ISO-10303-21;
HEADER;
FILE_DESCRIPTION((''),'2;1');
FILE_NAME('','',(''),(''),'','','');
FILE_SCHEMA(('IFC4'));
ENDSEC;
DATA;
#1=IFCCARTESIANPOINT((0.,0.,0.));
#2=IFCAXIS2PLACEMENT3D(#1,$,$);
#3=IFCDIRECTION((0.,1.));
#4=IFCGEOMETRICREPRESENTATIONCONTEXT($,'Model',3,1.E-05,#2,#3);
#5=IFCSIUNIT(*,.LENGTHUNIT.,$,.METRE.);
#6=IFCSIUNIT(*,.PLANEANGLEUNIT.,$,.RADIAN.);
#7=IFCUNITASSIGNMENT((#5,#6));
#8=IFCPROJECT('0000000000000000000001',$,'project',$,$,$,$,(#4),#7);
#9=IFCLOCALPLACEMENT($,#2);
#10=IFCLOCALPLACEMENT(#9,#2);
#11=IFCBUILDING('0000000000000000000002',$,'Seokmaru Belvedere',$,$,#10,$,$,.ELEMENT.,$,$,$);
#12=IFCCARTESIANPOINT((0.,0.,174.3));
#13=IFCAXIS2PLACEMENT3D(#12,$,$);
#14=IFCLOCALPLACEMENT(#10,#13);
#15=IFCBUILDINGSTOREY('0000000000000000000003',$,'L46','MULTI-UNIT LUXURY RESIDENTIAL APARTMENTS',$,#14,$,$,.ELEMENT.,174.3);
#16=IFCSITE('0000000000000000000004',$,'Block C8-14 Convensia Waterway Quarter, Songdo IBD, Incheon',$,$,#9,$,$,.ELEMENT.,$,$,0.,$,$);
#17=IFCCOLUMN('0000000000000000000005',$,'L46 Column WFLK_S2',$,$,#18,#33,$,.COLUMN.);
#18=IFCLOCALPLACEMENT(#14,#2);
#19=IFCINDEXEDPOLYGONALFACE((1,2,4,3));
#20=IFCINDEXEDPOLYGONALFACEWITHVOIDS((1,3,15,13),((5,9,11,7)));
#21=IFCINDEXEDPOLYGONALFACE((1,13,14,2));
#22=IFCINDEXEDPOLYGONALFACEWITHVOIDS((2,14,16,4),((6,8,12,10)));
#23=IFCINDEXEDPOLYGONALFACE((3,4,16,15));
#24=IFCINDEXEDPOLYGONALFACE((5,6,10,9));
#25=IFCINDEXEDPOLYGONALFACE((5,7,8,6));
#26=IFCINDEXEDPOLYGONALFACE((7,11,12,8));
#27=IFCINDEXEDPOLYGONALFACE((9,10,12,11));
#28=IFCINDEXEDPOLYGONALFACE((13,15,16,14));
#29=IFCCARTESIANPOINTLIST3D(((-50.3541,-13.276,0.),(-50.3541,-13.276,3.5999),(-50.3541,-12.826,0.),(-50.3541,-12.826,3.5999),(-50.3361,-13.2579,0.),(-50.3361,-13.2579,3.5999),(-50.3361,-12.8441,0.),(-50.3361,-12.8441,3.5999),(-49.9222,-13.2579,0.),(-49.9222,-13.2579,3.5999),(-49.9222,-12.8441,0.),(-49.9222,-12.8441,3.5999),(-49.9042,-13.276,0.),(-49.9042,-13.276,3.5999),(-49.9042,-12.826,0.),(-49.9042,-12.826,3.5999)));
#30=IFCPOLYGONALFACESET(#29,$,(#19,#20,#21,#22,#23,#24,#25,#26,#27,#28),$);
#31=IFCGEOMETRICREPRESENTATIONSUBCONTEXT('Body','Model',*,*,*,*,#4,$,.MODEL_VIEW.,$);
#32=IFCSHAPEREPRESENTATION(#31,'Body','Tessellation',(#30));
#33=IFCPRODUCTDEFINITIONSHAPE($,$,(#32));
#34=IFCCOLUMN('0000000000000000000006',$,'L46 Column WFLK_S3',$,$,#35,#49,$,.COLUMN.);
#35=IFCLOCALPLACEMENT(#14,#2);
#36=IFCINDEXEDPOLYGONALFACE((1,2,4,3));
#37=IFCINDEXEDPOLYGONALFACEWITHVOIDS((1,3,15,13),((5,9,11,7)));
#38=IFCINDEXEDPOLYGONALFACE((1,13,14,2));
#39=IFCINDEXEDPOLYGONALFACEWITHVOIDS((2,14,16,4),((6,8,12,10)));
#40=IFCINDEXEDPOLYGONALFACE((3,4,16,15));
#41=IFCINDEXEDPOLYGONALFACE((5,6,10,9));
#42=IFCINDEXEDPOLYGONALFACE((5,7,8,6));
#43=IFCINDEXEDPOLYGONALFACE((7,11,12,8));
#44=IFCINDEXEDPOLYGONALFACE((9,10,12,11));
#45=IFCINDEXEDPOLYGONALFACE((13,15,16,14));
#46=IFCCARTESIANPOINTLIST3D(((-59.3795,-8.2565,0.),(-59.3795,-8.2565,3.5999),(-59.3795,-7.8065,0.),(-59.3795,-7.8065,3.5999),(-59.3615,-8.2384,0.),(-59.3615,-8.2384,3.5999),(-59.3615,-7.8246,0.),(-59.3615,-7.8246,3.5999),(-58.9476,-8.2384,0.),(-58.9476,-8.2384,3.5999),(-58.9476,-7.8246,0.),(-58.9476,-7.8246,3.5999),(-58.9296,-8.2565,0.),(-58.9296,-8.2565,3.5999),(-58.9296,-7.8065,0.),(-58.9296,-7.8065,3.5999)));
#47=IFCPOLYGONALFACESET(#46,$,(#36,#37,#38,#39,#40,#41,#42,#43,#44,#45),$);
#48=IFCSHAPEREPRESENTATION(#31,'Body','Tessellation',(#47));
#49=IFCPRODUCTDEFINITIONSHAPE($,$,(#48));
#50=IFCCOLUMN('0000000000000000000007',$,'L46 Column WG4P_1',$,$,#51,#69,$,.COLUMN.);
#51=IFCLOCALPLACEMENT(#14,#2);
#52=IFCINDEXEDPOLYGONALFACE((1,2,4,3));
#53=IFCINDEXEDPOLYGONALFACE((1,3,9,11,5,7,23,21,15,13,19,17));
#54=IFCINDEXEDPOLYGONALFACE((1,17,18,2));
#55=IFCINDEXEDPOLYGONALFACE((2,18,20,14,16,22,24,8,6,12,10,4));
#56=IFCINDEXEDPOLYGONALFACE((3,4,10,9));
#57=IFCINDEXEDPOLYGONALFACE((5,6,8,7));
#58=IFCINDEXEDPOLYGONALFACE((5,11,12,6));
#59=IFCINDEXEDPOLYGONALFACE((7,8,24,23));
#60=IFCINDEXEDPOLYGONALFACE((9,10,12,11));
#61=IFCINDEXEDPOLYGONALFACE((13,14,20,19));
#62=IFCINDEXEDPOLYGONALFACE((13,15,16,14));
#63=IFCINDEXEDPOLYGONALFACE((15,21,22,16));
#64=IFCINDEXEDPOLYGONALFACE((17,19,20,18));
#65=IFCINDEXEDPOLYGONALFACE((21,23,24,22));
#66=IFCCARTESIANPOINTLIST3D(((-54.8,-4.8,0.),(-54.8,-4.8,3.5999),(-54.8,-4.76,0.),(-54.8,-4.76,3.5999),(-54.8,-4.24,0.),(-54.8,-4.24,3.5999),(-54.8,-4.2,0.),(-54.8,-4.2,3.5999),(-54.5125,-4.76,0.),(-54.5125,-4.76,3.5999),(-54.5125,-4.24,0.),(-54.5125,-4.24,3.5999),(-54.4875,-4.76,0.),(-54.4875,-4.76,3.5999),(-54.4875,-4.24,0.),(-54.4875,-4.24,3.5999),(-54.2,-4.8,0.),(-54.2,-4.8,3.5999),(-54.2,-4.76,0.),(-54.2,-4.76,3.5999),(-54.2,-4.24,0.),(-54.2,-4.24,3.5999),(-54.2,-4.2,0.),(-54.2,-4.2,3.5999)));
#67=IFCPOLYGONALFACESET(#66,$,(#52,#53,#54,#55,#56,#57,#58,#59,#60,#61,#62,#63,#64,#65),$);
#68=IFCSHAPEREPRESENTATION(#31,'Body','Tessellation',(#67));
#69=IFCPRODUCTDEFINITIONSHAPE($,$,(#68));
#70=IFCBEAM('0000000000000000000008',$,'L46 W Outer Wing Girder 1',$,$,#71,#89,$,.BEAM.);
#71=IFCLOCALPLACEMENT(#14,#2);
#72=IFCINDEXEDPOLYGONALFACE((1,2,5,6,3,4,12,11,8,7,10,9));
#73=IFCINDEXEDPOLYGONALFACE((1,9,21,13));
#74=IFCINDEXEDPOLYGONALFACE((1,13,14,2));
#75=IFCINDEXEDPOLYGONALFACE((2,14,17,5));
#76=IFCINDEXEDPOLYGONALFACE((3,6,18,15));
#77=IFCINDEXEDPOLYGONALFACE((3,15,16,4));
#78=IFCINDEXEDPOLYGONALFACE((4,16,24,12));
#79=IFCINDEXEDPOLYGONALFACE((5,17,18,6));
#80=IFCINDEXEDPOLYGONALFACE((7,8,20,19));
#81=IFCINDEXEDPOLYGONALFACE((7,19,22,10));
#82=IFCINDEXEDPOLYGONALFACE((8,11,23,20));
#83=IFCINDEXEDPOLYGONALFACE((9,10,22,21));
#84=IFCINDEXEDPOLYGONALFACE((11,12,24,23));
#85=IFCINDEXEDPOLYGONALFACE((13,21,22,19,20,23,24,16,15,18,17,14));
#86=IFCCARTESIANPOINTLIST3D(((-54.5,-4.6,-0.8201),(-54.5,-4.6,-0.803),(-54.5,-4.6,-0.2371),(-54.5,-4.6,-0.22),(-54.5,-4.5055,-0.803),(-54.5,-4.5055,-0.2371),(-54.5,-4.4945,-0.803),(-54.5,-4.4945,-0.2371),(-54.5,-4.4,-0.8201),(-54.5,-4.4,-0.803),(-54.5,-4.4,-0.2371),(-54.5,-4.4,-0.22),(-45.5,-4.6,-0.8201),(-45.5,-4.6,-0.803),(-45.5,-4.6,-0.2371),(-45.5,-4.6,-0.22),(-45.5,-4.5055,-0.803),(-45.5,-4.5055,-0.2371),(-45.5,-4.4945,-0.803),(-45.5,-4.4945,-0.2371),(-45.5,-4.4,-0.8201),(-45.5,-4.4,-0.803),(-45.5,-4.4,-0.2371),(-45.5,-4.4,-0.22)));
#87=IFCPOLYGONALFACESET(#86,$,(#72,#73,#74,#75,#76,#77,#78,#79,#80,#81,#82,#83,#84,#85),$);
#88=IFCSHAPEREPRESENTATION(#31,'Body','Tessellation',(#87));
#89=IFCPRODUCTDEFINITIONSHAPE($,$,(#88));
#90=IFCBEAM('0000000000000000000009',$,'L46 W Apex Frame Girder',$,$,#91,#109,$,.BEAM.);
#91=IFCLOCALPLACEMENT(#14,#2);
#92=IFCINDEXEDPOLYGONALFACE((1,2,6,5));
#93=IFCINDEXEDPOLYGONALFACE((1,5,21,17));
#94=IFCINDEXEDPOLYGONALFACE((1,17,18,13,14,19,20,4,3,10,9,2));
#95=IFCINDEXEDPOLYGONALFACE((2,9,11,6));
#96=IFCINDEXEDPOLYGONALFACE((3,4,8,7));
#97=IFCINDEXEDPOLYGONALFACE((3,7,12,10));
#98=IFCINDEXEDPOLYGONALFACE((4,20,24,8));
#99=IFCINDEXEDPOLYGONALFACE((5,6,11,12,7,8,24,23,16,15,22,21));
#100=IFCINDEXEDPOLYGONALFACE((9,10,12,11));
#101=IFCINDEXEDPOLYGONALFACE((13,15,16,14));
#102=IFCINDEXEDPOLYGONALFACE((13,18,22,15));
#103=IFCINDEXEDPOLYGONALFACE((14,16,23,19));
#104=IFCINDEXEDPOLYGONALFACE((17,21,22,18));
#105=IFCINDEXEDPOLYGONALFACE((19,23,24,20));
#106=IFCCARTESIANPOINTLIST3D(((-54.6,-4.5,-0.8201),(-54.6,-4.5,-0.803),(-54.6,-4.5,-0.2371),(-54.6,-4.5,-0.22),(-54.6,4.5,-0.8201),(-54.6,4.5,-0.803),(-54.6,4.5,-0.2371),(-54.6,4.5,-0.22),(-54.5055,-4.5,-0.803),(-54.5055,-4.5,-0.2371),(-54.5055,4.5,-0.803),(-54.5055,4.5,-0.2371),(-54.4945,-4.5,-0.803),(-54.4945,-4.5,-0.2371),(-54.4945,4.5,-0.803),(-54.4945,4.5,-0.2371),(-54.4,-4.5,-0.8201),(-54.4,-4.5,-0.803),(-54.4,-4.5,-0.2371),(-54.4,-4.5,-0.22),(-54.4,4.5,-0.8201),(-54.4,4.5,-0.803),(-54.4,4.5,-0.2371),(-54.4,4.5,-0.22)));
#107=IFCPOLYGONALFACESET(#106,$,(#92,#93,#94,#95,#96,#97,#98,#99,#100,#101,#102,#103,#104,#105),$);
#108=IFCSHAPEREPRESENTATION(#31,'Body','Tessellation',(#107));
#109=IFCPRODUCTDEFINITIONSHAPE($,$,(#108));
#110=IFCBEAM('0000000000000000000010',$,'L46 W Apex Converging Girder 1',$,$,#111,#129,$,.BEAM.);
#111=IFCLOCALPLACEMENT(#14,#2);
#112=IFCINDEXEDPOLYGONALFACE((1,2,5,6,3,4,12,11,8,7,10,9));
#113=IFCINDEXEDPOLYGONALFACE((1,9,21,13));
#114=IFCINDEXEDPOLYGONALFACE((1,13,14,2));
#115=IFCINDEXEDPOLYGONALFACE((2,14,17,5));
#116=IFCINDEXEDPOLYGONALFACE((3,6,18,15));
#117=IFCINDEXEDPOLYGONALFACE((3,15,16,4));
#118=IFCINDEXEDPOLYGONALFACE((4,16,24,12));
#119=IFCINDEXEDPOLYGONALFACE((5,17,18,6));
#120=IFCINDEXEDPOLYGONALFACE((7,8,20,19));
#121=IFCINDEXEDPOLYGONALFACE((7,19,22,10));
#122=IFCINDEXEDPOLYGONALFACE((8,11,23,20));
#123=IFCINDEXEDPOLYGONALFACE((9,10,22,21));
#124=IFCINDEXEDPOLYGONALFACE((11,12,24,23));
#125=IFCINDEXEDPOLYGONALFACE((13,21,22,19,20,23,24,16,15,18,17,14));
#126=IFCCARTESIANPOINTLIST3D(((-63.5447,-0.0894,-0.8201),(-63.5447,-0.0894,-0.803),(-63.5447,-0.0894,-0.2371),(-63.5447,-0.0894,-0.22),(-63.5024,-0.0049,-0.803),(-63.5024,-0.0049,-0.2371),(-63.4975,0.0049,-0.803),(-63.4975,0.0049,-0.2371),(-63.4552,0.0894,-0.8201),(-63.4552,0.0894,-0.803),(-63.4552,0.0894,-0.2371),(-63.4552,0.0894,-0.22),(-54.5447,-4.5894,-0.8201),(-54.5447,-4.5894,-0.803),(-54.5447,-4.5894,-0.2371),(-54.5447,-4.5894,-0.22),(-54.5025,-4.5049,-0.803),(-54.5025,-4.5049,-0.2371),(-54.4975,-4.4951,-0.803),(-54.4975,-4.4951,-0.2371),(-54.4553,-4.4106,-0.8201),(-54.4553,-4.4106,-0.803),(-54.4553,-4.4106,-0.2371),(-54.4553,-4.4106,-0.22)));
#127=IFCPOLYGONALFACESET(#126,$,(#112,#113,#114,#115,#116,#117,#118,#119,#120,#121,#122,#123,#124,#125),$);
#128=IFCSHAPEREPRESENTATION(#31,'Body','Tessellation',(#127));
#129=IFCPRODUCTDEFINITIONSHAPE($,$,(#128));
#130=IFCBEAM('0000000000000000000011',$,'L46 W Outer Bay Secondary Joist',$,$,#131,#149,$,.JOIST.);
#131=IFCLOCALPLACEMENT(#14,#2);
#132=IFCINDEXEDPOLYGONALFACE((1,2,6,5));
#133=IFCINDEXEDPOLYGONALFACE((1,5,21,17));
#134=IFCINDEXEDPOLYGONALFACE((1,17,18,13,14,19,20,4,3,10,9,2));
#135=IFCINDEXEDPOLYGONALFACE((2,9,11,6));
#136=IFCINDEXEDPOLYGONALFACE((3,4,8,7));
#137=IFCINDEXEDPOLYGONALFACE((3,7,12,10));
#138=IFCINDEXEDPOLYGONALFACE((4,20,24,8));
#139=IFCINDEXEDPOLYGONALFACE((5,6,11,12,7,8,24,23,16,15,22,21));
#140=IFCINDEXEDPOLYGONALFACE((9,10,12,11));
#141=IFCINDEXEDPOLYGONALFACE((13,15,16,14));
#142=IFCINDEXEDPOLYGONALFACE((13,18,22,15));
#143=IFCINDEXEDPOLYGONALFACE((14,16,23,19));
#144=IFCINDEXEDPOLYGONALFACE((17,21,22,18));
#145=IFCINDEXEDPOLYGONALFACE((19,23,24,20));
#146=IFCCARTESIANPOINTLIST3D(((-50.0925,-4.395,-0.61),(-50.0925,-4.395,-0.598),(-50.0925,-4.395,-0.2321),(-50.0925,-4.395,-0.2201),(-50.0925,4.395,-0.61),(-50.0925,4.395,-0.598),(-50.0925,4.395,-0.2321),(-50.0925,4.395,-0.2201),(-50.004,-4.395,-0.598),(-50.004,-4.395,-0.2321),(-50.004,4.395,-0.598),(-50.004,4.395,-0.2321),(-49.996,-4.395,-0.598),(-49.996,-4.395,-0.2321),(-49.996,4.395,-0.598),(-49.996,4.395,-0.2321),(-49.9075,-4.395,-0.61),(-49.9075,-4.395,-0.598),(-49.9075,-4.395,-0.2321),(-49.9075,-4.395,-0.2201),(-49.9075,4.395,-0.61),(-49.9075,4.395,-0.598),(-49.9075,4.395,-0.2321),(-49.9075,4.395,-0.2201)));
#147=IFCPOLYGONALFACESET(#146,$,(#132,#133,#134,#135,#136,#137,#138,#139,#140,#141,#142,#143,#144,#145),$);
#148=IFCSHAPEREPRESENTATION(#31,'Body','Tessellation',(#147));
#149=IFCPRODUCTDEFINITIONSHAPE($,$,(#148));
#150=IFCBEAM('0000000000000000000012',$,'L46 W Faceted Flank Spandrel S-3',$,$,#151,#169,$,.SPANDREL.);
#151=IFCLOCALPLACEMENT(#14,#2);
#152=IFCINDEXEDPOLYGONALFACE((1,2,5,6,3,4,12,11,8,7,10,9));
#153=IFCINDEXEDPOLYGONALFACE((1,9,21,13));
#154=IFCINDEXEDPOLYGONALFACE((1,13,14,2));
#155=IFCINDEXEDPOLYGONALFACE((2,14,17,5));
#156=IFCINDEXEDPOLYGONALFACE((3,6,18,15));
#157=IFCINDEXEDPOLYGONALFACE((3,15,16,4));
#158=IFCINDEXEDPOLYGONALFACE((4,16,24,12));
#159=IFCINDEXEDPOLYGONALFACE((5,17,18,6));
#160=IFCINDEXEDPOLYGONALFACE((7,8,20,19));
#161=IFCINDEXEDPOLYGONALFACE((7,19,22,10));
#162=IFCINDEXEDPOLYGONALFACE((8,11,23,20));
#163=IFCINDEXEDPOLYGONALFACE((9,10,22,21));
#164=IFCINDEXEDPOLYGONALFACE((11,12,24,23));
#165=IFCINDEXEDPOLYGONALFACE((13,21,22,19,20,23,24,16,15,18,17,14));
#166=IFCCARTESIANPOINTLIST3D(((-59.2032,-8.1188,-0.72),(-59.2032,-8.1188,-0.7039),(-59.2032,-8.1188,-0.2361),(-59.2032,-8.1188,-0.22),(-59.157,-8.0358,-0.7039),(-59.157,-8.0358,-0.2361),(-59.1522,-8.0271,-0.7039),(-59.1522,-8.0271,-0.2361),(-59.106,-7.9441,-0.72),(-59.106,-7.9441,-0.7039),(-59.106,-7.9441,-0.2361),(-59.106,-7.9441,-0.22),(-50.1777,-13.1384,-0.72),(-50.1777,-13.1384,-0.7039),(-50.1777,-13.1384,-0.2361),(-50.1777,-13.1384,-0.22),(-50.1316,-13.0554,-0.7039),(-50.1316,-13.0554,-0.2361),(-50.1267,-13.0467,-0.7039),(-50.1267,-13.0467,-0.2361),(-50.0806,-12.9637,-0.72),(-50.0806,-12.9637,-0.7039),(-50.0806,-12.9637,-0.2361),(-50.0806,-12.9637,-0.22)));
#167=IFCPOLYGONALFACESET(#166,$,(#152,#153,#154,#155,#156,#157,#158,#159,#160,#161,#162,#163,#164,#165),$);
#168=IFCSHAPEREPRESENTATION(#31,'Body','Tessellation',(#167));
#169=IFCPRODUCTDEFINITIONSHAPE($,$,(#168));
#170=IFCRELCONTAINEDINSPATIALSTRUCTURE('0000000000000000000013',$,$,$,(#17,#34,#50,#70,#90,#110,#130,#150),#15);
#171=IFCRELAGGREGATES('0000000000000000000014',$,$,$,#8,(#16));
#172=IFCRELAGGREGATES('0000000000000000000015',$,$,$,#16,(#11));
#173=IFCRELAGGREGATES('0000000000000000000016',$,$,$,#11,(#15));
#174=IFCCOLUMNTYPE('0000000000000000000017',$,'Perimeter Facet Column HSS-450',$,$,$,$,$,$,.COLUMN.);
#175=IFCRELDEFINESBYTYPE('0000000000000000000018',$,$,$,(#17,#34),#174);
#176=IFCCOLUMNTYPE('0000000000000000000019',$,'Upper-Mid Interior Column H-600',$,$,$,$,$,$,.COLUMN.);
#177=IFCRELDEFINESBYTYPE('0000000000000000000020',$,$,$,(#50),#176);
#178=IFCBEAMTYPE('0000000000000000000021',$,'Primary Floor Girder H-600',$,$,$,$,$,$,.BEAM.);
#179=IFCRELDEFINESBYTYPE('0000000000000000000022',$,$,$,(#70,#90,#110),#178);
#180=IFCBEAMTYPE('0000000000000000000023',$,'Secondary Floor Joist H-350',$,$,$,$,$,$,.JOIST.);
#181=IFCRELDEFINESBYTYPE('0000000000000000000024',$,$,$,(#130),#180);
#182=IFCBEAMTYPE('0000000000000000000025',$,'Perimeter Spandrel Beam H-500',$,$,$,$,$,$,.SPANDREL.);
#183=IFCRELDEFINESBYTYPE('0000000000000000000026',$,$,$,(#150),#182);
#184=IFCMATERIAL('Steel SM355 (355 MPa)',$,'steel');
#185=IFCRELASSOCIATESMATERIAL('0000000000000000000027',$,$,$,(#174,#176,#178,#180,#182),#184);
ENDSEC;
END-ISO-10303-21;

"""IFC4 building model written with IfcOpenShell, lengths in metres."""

from ifc_helpers import new_model, si_unit, direction, frame, origin, origin_2d, place, context, subcontext, project, spatial, hollow_rectangle, i_section, extrude, source, transform, mapped, material, material_profile, profile_set, type_object, type_shapes, element, save


model = new_model("IFC4")

# Units and contexts
model_context = context("Model", 3, precision=1e-05, world=origin(), true_north=direction((0.0, 1.0)))
body_context = subcontext(model_context, "Body", "Model", "MODEL_VIEW")
ifc_project = project(units=[si_unit("LENGTHUNIT", "METRE"), si_unit("PLANEANGLEUNIT", "RADIAN")], contexts=[model_context])

# Site, building, storey
site_placement = place(None, origin())
site = spatial("IfcSite", under=ifc_project, at=site_placement, Name="Block C8-14 Convensia Waterway Quarter, Songdo IBD, Incheon", CompositionType="ELEMENT", RefElevation=0.0)
building_placement = place(site_placement, origin())
building = spatial("IfcBuilding", under=site, at=building_placement, Name="Seokmaru Belvedere", CompositionType="ELEMENT")
storey_placement = place(building_placement, frame((0.0, 0.0, 174.3)))
storey = spatial("IfcBuildingStorey", under=building, at=storey_placement, Name="L46", Description="MULTI-UNIT LUXURY RESIDENTIAL APARTMENTS", CompositionType="ELEMENT", Elevation=174.3)

# Columns
ifc_material_1 = material(Name="Steel SM355 (355 MPa)", Category="steel")
ifc_material_profile_1 = material_profile(ifc_material_1, hollow_rectangle(XDim=0.45, YDim=0.45, WallThickness=0.0181, at=origin_2d()), Name="HSS-450x450x18")
ifc_profile_set_1 = profile_set([ifc_material_profile_1], Name="Steel SM355 (355 MPa)")
column_type_1 = type_object("IfcColumnType", Name="Perimeter Facet Column HSS-450", PredefinedType="COLUMN", material=ifc_profile_set_1)
shared_shape_1 = source(origin(), body_context, "Body", "SweptSolid", [
    extrude(hollow_rectangle(XDim=0.45, YDim=0.45, WallThickness=0.0181, at=origin_2d()), origin(), (0.0, 0.0, 1.0), 3.5999),
])
type_shapes(column_type_1, [shared_shape_1])
for number, where, z_axis, x_axis, name in (
    (1, (-50.1292, -13.051, 0.0), (0.0, 0.0, 1.0), (1.0, 0.0, 0.0), "L46 Column WFLK_S2"),
    (2, (-59.1545, -8.0315, 0.0), (0.0, 0.0, 1.0), (1.0, 0.0, 0.0), "L46 Column WFLK_S3"),
):
    element("IfcColumn", number, at=place(storey_placement, frame(where, z_axis=z_axis, x_axis=x_axis)), inside=storey, type_object=column_type_1, Name=name, PredefinedType="COLUMN", context=body_context, shape_type="MappedRepresentation", body=[
        mapped(shared_shape_1, transform((0.0, 0.0, 0.0), scale=1.0)),
    ])
ifc_material_profile_2 = material_profile(ifc_material_1, i_section(OverallWidth=0.6001, OverallDepth=0.6001, WebThickness=0.0249, FlangeThickness=0.04, at=origin_2d()), Name="H-600x600x25x40")
ifc_profile_set_2 = profile_set([ifc_material_profile_2], Name="Steel SM355 (355 MPa)")
column_type_2 = type_object("IfcColumnType", Name="Upper-Mid Interior Column H-600", PredefinedType="COLUMN", material=ifc_profile_set_2)
shared_shape_2 = source(origin(), body_context, "Body", "SweptSolid", [
    extrude(i_section(OverallWidth=0.6001, OverallDepth=0.6001, WebThickness=0.0249, FlangeThickness=0.04, at=origin_2d()), origin(), (0.0, 0.0, 1.0), 3.5999),
])
type_shapes(column_type_2, [shared_shape_2])
column_placement = place(storey_placement, frame((-54.5, -4.5, 0.0), z_axis=(0.0, 0.0, 1.0), x_axis=(1.0, 0.0, 0.0)))
element("IfcColumn", 3, at=column_placement, inside=storey, type_object=column_type_2, Name="L46 Column WG4P_1", PredefinedType="COLUMN", context=body_context, shape_type="MappedRepresentation", body=[
    mapped(shared_shape_2, transform((0.0, 0.0, 0.0), scale=1.0)),
])

# Beams
ifc_material_profile_3 = material_profile(ifc_material_1, i_section(OverallWidth=0.2, OverallDepth=0.6001, WebThickness=0.011, FlangeThickness=0.0171, at=origin_2d()), Name="H-600x200x11x17")
ifc_profile_set_3 = profile_set([ifc_material_profile_3], Name="Steel SM355 (355 MPa)")
beam_type_1 = type_object("IfcBeamType", Name="Primary Floor Girder H-600", PredefinedType="BEAM", material=ifc_profile_set_3)
shared_shape_3 = source(origin(), body_context, "Body", "SweptSolid", [
    extrude(i_section(OverallWidth=0.2, OverallDepth=0.6001, WebThickness=0.011, FlangeThickness=0.0171, at=origin_2d()), origin(), (0.0, 0.0, 1.0), 9.0),
])
for number, where, z_axis, x_axis, name in (
    (4, (-54.5, -4.5, -0.52), (1.0, 0.0, 0.0), (0.0, 1.0, 0.0), "L46 W Outer Wing Girder 1"),
    (5, (-54.5, -4.5, -0.52), (0.0, 1.0, 0.0), (-1.0, 0.0, 0.0), "L46 W Apex Frame Girder"),
):
    element("IfcBeam", number, at=place(storey_placement, frame(where, z_axis=z_axis, x_axis=x_axis)), inside=storey, type_object=beam_type_1, Name=name, PredefinedType="BEAM", context=body_context, shape_type="MappedRepresentation", body=[
        mapped(shared_shape_3, transform((0.0, 0.0, 0.0), scale=1.0)),
    ])
shared_shape_4 = source(origin(), body_context, "Body", "SweptSolid", [
    extrude(i_section(OverallWidth=0.2, OverallDepth=0.6001, WebThickness=0.011, FlangeThickness=0.0171, at=origin_2d()), origin(), (0.0, 0.0, 1.0), 10.0623),
])
beam_1_placement = place(storey_placement, frame((-54.5, -4.5, -0.52), z_axis=(-0.894427, 0.447214, 0.0), x_axis=(-0.447214, -0.894427, 0.0)))
element("IfcBeam", 6, at=beam_1_placement, inside=storey, type_object=beam_type_1, Name="L46 W Apex Converging Girder 1", PredefinedType="BEAM", context=body_context, shape_type="MappedRepresentation", body=[
    mapped(shared_shape_4, transform((0.0, 0.0, 0.0), scale=1.0)),
])
ifc_material_profile_4 = material_profile(ifc_material_1, i_section(OverallWidth=0.1851, OverallDepth=0.3899, WebThickness=0.0081, FlangeThickness=0.012, at=origin_2d()), Name="H-390x185x8x12")
ifc_profile_set_4 = profile_set([ifc_material_profile_4], Name="Steel SM355 (355 MPa)")
beam_type_2 = type_object("IfcBeamType", Name="Secondary Floor Joist H-350", PredefinedType="JOIST", material=ifc_profile_set_4)
shared_shape_5 = source(origin(), body_context, "Body", "SweptSolid", [
    extrude(i_section(OverallWidth=0.1851, OverallDepth=0.3899, WebThickness=0.0081, FlangeThickness=0.012, at=origin_2d()), origin(), (0.0, 0.0, 1.0), 8.79),
])
type_shapes(beam_type_2, [shared_shape_5])
beam_2_placement = place(storey_placement, frame((-50.0, -4.395, -0.415), z_axis=(0.0, 1.0, 0.0), x_axis=(-1.0, 0.0, 0.0)))
element("IfcBeam", 7, at=beam_2_placement, inside=storey, type_object=beam_type_2, Name="L46 W Outer Bay Secondary Joist", PredefinedType="JOIST", context=body_context, shape_type="MappedRepresentation", body=[
    mapped(shared_shape_5, transform((0.0, 0.0, 0.0), scale=1.0)),
])
ifc_material_profile_5 = material_profile(ifc_material_1, i_section(OverallWidth=0.2, OverallDepth=0.5, WebThickness=0.01, FlangeThickness=0.0161, at=origin_2d()), Name="H-500x200x10x16")
ifc_profile_set_5 = profile_set([ifc_material_profile_5], Name="Steel SM355 (355 MPa)")
beam_type_3 = type_object("IfcBeamType", Name="Perimeter Spandrel Beam H-500", PredefinedType="SPANDREL", material=ifc_profile_set_5)
shared_shape_6 = source(origin(), body_context, "Body", "SweptSolid", [
    extrude(i_section(OverallWidth=0.2, OverallDepth=0.5, WebThickness=0.01, FlangeThickness=0.0161, at=origin_2d()), origin(), (0.0, 0.0, 1.0), 10.3274),
])
beam_3_placement = place(storey_placement, frame((-50.1292, -13.051, -0.47), z_axis=(-0.873934, 0.486044, 0.0), x_axis=(-0.486044, -0.873934, 0.0)))
element("IfcBeam", 8, at=beam_3_placement, inside=storey, type_object=beam_type_3, Name="L46 W Faceted Flank Spandrel S-3", PredefinedType="SPANDREL", context=body_context, shape_type="MappedRepresentation", body=[
    mapped(shared_shape_6, transform((0.0, 0.0, 0.0), scale=1.0)),
])

save(model, "model.ifc")
